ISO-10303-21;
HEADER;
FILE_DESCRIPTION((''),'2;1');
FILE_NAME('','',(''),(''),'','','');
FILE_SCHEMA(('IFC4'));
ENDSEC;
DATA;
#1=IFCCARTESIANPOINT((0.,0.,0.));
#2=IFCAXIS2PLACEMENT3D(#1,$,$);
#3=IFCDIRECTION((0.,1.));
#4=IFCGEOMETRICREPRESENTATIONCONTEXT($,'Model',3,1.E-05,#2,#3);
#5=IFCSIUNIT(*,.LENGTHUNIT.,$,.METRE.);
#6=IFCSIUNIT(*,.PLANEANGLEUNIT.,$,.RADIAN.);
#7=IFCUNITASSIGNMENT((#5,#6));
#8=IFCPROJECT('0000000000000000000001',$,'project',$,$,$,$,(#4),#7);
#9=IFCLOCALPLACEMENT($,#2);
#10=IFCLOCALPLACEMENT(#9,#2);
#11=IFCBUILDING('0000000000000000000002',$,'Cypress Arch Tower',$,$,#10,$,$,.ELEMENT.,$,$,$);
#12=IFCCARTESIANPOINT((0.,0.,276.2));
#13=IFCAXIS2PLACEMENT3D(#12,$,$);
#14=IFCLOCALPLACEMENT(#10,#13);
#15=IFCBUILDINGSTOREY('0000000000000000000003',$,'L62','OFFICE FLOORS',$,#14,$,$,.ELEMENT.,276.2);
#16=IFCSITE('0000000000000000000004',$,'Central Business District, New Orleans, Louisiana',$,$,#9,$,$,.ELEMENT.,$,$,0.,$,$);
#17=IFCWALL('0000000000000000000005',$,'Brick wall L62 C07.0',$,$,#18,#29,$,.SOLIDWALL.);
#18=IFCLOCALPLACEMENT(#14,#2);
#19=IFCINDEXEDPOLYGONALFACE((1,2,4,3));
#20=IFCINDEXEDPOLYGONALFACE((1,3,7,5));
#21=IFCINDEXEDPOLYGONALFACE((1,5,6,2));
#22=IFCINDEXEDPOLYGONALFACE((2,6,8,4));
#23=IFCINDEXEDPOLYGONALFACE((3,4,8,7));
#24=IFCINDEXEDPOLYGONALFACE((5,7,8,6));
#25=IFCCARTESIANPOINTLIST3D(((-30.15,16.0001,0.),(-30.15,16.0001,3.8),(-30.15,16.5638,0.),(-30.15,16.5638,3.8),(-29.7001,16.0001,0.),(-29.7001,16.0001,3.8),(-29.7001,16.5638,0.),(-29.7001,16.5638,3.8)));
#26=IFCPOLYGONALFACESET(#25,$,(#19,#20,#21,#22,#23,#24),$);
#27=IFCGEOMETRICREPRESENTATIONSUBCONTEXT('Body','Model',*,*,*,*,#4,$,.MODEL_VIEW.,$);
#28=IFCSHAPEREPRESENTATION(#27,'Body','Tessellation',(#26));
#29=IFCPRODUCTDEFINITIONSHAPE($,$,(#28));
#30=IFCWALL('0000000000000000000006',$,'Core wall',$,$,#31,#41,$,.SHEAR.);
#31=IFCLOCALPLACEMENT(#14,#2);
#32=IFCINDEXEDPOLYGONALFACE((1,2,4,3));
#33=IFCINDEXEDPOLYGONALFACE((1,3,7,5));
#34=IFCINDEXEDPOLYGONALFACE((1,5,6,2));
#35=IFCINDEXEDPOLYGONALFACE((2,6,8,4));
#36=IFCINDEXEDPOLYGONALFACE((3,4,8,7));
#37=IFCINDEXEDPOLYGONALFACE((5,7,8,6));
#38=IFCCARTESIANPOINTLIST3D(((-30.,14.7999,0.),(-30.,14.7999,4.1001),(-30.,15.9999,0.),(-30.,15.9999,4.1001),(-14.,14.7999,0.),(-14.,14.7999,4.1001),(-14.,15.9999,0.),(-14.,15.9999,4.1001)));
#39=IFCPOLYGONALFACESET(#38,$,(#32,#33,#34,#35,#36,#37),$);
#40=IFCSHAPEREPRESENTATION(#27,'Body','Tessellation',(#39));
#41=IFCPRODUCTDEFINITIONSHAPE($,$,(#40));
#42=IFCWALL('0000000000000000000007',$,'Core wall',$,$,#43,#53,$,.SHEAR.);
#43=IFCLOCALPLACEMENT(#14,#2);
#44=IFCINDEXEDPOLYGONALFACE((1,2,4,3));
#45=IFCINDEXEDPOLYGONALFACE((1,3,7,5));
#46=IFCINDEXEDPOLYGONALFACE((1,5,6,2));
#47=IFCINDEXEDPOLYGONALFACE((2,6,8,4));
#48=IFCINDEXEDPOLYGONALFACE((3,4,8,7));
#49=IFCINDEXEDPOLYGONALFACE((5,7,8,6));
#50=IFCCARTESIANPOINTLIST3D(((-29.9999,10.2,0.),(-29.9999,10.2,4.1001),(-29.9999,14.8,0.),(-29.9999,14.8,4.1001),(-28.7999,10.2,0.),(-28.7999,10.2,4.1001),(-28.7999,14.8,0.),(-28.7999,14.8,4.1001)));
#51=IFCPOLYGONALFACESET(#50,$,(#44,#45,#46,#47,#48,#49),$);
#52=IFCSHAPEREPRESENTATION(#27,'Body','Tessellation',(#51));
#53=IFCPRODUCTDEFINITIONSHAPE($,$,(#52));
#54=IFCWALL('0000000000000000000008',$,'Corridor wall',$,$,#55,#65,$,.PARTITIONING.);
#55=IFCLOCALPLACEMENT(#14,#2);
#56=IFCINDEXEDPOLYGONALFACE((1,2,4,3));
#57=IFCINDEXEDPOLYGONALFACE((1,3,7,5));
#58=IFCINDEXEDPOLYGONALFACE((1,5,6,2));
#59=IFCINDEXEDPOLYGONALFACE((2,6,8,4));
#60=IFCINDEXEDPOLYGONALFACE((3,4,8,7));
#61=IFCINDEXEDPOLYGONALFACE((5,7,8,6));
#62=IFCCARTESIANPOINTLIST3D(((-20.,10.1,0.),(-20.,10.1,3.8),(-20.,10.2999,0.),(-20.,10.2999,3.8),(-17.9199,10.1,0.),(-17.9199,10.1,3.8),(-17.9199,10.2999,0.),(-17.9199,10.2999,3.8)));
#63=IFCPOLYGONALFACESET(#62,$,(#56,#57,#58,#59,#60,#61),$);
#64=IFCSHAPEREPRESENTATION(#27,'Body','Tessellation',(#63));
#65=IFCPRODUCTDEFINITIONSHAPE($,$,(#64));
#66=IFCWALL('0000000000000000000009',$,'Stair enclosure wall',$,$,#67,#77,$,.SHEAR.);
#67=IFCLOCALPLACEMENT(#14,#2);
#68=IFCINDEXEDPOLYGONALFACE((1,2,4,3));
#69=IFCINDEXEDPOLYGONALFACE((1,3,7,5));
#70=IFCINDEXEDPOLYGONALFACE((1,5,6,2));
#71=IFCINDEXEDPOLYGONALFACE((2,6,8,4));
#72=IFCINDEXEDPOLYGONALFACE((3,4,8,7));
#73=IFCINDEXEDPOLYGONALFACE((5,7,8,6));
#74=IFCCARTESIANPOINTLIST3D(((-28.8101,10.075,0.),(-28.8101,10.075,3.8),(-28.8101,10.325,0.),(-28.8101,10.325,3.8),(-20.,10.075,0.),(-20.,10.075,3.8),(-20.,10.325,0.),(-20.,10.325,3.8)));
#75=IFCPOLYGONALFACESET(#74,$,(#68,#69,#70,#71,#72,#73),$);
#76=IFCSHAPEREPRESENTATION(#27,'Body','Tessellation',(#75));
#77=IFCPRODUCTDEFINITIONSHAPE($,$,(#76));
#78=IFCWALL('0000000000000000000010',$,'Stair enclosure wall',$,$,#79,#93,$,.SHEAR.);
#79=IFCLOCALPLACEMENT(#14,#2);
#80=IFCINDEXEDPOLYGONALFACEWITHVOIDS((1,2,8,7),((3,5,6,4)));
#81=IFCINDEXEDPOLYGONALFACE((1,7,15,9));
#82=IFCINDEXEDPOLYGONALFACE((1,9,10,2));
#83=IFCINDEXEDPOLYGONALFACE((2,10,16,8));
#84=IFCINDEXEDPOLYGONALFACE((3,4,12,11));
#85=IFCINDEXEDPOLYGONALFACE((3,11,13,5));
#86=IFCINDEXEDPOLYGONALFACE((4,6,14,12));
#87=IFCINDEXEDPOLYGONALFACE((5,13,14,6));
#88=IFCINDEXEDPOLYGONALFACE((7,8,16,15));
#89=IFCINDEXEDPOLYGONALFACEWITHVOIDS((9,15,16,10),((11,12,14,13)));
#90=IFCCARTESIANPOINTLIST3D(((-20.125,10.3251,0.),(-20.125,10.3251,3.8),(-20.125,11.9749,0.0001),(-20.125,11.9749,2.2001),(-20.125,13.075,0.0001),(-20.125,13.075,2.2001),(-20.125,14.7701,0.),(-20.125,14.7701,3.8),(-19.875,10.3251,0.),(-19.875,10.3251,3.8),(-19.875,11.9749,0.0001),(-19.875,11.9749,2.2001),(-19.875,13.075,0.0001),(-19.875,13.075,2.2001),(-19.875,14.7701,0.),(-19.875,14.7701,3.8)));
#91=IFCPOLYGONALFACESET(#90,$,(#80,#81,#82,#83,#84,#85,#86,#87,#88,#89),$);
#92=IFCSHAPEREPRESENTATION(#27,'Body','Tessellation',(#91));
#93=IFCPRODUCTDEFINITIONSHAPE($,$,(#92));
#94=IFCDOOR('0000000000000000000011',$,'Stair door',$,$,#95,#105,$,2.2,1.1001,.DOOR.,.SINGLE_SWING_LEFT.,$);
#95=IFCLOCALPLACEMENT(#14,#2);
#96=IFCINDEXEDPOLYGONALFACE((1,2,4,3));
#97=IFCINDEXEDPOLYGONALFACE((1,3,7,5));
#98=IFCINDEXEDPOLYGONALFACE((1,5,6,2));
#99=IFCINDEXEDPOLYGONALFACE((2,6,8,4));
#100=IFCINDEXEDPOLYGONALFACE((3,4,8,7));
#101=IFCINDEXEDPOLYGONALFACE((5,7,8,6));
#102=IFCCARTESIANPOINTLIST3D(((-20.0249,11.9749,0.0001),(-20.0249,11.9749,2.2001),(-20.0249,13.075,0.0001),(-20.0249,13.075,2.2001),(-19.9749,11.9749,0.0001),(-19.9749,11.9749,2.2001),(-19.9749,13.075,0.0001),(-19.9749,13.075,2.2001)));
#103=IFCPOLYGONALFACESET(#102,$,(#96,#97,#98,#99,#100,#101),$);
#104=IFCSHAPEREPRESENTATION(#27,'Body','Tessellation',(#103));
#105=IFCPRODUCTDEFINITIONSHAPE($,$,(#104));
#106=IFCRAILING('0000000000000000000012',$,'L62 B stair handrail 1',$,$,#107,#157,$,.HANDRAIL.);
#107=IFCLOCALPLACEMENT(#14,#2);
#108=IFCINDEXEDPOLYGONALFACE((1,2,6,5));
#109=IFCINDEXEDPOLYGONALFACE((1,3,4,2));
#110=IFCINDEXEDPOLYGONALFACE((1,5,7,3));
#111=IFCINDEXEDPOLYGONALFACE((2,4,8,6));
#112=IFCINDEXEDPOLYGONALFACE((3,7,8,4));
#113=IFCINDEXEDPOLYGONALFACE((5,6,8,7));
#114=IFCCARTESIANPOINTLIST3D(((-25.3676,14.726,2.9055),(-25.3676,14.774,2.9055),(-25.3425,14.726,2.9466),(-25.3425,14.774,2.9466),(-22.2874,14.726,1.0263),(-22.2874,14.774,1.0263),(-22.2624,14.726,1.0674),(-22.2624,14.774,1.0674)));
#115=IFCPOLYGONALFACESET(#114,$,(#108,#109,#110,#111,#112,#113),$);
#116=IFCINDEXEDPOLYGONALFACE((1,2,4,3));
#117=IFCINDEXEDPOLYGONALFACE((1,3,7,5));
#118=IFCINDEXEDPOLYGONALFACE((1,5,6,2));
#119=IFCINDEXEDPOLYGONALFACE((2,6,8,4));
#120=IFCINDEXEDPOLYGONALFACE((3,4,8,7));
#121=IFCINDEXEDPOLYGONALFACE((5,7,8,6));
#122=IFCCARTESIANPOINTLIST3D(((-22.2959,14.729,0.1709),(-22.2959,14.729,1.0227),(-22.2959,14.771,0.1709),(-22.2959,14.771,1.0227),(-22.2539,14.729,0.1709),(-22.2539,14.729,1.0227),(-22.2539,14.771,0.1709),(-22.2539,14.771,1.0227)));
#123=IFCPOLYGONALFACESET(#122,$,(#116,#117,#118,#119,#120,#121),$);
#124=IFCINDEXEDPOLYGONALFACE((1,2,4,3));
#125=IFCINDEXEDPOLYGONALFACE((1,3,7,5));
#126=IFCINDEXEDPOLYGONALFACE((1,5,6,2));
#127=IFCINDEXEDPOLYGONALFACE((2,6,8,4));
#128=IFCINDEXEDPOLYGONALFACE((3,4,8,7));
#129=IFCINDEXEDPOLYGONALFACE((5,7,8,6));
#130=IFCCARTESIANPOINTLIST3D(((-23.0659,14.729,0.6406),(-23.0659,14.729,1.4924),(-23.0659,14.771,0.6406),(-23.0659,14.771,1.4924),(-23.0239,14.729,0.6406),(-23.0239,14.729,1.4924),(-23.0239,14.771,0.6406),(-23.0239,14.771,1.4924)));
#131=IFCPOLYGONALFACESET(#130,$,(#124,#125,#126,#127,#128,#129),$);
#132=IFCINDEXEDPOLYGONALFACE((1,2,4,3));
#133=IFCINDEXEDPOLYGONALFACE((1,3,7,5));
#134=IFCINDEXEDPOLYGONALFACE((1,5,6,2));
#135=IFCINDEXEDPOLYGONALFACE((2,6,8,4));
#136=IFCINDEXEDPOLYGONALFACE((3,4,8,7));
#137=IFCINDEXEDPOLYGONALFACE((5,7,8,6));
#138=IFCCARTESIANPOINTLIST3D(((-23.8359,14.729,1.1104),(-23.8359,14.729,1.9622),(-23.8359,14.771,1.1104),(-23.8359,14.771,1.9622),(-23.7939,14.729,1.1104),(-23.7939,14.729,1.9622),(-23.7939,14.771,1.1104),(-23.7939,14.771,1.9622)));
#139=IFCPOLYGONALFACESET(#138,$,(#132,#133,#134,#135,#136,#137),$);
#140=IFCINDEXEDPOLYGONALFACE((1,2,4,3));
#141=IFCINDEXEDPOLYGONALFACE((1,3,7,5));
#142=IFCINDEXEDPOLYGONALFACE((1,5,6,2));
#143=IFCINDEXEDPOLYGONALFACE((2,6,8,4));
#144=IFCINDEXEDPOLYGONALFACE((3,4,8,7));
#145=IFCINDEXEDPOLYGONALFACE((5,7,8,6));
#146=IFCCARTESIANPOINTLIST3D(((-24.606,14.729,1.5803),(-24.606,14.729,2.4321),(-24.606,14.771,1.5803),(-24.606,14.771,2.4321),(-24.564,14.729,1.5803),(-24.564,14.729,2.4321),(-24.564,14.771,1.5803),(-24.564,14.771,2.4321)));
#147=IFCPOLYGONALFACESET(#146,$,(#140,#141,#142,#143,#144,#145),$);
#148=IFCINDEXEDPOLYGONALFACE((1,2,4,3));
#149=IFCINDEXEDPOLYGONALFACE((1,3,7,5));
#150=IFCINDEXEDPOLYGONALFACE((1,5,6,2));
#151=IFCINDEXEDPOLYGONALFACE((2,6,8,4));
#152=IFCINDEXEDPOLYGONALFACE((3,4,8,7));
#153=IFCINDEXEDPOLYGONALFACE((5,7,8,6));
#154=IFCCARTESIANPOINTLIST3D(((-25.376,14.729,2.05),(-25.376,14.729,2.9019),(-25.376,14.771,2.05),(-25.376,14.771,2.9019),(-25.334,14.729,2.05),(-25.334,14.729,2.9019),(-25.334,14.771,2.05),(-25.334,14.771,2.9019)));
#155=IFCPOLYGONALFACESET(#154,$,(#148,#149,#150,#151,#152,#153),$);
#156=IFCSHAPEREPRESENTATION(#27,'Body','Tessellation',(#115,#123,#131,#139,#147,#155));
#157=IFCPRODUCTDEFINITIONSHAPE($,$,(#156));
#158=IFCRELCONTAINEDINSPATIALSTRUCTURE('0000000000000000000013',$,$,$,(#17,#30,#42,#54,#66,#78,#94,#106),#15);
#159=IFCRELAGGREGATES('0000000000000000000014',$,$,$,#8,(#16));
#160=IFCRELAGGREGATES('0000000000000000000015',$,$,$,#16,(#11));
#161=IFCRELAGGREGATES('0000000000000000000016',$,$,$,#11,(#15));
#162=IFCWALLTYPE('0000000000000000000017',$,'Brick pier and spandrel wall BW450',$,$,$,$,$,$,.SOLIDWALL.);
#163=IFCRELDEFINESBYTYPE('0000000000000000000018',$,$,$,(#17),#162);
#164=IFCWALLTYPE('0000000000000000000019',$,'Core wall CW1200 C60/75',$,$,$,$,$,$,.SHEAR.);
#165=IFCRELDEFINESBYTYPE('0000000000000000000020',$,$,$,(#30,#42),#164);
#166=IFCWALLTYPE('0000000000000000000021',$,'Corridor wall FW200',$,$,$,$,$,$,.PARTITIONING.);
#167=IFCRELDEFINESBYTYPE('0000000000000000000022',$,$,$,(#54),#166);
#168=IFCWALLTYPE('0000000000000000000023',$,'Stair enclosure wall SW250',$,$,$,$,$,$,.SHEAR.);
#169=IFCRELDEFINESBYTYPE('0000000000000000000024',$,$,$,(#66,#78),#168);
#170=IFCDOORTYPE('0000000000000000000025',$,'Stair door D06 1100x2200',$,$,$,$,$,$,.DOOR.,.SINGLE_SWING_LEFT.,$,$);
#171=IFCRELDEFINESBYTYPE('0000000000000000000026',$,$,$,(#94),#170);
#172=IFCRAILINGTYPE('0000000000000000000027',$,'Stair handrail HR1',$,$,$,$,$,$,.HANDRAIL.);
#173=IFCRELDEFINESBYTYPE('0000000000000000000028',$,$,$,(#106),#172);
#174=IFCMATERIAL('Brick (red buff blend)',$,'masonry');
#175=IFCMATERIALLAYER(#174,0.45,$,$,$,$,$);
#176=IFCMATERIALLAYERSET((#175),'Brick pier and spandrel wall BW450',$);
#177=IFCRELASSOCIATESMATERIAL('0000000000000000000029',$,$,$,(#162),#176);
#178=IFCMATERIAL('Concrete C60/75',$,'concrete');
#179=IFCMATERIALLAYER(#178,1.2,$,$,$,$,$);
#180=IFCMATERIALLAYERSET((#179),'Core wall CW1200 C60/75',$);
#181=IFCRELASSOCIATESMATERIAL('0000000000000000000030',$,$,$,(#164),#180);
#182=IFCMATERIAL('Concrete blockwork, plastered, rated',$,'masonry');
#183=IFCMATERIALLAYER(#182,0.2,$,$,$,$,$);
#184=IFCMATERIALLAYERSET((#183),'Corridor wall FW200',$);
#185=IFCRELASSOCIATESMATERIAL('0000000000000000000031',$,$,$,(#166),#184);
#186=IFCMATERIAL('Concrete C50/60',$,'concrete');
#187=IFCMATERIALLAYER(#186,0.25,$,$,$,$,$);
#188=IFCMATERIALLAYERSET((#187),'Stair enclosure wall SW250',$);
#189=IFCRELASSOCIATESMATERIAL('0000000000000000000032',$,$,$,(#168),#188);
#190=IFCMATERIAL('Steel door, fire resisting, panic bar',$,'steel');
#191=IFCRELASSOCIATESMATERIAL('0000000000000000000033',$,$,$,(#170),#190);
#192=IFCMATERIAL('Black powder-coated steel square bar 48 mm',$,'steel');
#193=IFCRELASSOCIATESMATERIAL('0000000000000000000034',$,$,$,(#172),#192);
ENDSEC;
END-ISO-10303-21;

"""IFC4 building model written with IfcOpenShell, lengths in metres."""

from ifc_helpers import new_model, si_unit, direction, frame, frame_2d, origin, origin_2d, place, context, subcontext, project, spatial, rectangle, extrude, material, layer, layer_set, type_object, element, fill, save


model = new_model("IFC4")

# Units and contexts
model_context = context("Model", 3, precision=1e-05, world=origin(), true_north=direction((0.0, 1.0)))
body_context = subcontext(model_context, "Body", "Model", "MODEL_VIEW")
ifc_project = project(units=[si_unit("LENGTHUNIT", "METRE"), si_unit("PLANEANGLEUNIT", "RADIAN")], contexts=[model_context])

# Site, building, storey
site_placement = place(None, origin())
site = spatial("IfcSite", under=ifc_project, at=site_placement, Name="Central Business District, New Orleans, Louisiana", CompositionType="ELEMENT", RefElevation=0.0)
building_placement = place(site_placement, origin())
building = spatial("IfcBuilding", under=site, at=building_placement, Name="Cypress Arch Tower", CompositionType="ELEMENT")
storey_placement = place(building_placement, frame((0.0, 0.0, 276.2)))
storey = spatial("IfcBuildingStorey", under=building, at=storey_placement, Name="L62", Description="OFFICE FLOORS", CompositionType="ELEMENT", Elevation=276.2)

# Shared definitions
ifc_material_1 = material(Name="Brick (red buff blend)", Category="masonry")
ifc_layer_1 = layer(ifc_material_1, 0.45)
ifc_layer_set_1 = layer_set([ifc_layer_1], Name="Brick pier and spandrel wall BW450")
wall_type_1 = type_object("IfcWallType", Name="Brick pier and spandrel wall BW450", PredefinedType="SOLIDWALL", material=ifc_layer_set_1)

# Walls
wall_1_placement = place(storey_placement, frame((-29.925, 16.5637, 0.0), z_axis=(0.0, 0.0, 1.0), x_axis=(0.0, -1.0, 0.0)))
element("IfcWall", 1, at=wall_1_placement, inside=storey, type_object=wall_type_1, Name="Brick wall L62 C07.0", PredefinedType="SOLIDWALL", context=body_context, shape_type="SweptSolid", body=[
    extrude(rectangle(XDim=0.5637, YDim=0.45, at=frame_2d((0.2817, 0.0))), origin(), (0.0, 0.0, 1.0), 3.8),
])
ifc_material_2 = material(Name="Concrete C60/75", Category="concrete")
ifc_layer_2 = layer(ifc_material_2, 1.2)
ifc_layer_set_2 = layer_set([ifc_layer_2], Name="Core wall CW1200 C60/75")
wall_type_2 = type_object("IfcWallType", Name="Core wall CW1200 C60/75", PredefinedType="SHEAR", material=ifc_layer_set_2)
wall_2_placement = place(storey_placement, frame((-30.0, 15.3999, 0.0), z_axis=(0.0, 0.0, 1.0), x_axis=(1.0, 0.0, 0.0)))
element("IfcWall", 2, at=wall_2_placement, inside=storey, type_object=wall_type_2, Name="Core wall", PredefinedType="SHEAR", context=body_context, shape_type="SweptSolid", body=[
    extrude(rectangle(XDim=16.0, YDim=1.2, at=frame_2d((8.0, 0.0))), origin(), (0.0, 0.0, 1.0), 4.1001),
])
wall_3_placement = place(storey_placement, frame((-29.3999, 10.2, 0.0), z_axis=(0.0, 0.0, 1.0), x_axis=(0.0, 1.0, 0.0)))
element("IfcWall", 3, at=wall_3_placement, inside=storey, type_object=wall_type_2, Name="Core wall", PredefinedType="SHEAR", context=body_context, shape_type="SweptSolid", body=[
    extrude(rectangle(XDim=4.6001, YDim=1.2, at=frame_2d((2.3, 0.0))), origin(), (0.0, 0.0, 1.0), 4.1001),
])
ifc_material_3 = material(Name="Concrete blockwork, plastered, rated", Category="masonry")
ifc_layer_3 = layer(ifc_material_3, 0.2)
ifc_layer_set_3 = layer_set([ifc_layer_3], Name="Corridor wall FW200")
wall_type_3 = type_object("IfcWallType", Name="Corridor wall FW200", PredefinedType="PARTITIONING", material=ifc_layer_set_3)
wall_4_placement = place(storey_placement, frame((-20.0, 10.2, 0.0), z_axis=(0.0, 0.0, 1.0), x_axis=(1.0, 0.0, 0.0)))
element("IfcWall", 4, at=wall_4_placement, inside=storey, type_object=wall_type_3, Name="Corridor wall", PredefinedType="PARTITIONING", context=body_context, shape_type="SweptSolid", body=[
    extrude(rectangle(XDim=2.0801, YDim=0.2, at=frame_2d((1.04, 0.0))), origin(), (0.0, 0.0, 1.0), 3.8),
])
ifc_material_4 = material(Name="Concrete C50/60", Category="concrete")
ifc_layer_4 = layer(ifc_material_4, 0.25)
ifc_layer_set_4 = layer_set([ifc_layer_4], Name="Stair enclosure wall SW250")
wall_type_4 = type_object("IfcWallType", Name="Stair enclosure wall SW250", PredefinedType="SHEAR", material=ifc_layer_set_4)
wall_5_placement = place(storey_placement, frame((-28.8101, 10.2, 0.0), z_axis=(0.0, 0.0, 1.0), x_axis=(1.0, 0.0, 0.0)))
element("IfcWall", 5, at=wall_5_placement, inside=storey, type_object=wall_type_4, Name="Stair enclosure wall", PredefinedType="SHEAR", context=body_context, shape_type="SweptSolid", body=[
    extrude(rectangle(XDim=8.8101, YDim=0.25, at=frame_2d((4.405, 0.0))), origin(), (0.0, 0.0, 1.0), 3.8),
])

# Wall, opening, door
wall_6_placement = place(storey_placement, frame((-20.0, 10.325, 0.0), z_axis=(0.0, 0.0, 1.0), x_axis=(0.0, 1.0, 0.0)))
wall_6 = element("IfcWall", 6, at=wall_6_placement, inside=storey, type_object=wall_type_4, Name="Stair enclosure wall", PredefinedType="SHEAR", context=body_context, shape_type="SweptSolid", body=[
    extrude(rectangle(XDim=4.4451, YDim=0.25, at=frame_2d((2.2227, 0.0))), origin(), (0.0, 0.0, 1.0), 3.8),
])
opening_1_placement = place(wall_6_placement, frame((1.6499, 0.0, 0.0)))
opening_1 = element("IfcOpeningElement", 7, at=opening_1_placement, cuts=wall_6, PredefinedType="OPENING", context=body_context, shape_type="SweptSolid", body=[
    extrude(rectangle(XDim=1.1001, YDim=2.2, at=frame_2d((0.55, 1.1001))), frame((0.0, 0.135, 0.0), z_axis=(0.0, -1.0, 0.0), x_axis=(1.0, 0.0, 0.0)), (0.0, 0.0, 1.0), 0.27),
])
ifc_material_5 = material(Name="Steel door, fire resisting, panic bar", Category="steel")
door_type = type_object("IfcDoorType", Name="Stair door D06 1100x2200", OperationType="SINGLE_SWING_LEFT", PredefinedType="DOOR", material=ifc_material_5)
door_placement = place(opening_1_placement, origin())
door = element("IfcDoor", 8, at=door_placement, inside=storey, type_object=door_type, Name="Stair door", OperationType="SINGLE_SWING_LEFT", OverallHeight=2.2, OverallWidth=1.1001, PredefinedType="DOOR", context=body_context, shape_type="SweptSolid", body=[
    extrude(rectangle(XDim=1.1001, YDim=2.2, at=frame_2d((0.55, 1.1001))), frame((0.0, 0.0249, 0.0), z_axis=(0.0, -1.0, 0.0), x_axis=(1.0, 0.0, 0.0)), (0.0, 0.0, 1.0), 0.05),
])
fill(opening_1, door)

# Railing
ifc_material_6 = material(Name="Black powder-coated steel square bar 48 mm", Category="steel")
railing_type_1 = type_object("IfcRailingType", Name="Stair handrail HR1", PredefinedType="HANDRAIL", material=ifc_material_6)
railing_1_placement = place(storey_placement, frame((-22.2749, 14.75, 0.1709)))
element("IfcRailing", 9, at=railing_1_placement, inside=storey, type_object=railing_type_1, Name="L62 B stair handrail 1", PredefinedType="HANDRAIL", context=body_context, shape_type="SweptSolid", body=[
    extrude(rectangle(XDim=0.0481, YDim=0.0481, at=origin_2d()), frame((0.0, 0.0, 0.876), z_axis=(-0.853666, 0.0, 0.52082), x_axis=(0.0, -1.0, 0.0)), (0.0, 0.0, 1.0), 3.6082),
    extrude(rectangle(XDim=0.042, YDim=0.042, at=origin_2d()), origin(), (0.0, 0.0, 1.0), 0.8518),
    extrude(rectangle(XDim=0.042, YDim=0.042, at=origin_2d()), frame((-0.77, 0.0, 0.4697)), (0.0, 0.0, 1.0), 0.8518),
    extrude(rectangle(XDim=0.042, YDim=0.042, at=origin_2d()), frame((-1.54, 0.0, 0.9395)), (0.0, 0.0, 1.0), 0.8518),
    extrude(rectangle(XDim=0.042, YDim=0.042, at=origin_2d()), frame((-2.3101, 0.0, 1.4094)), (0.0, 0.0, 1.0), 0.8518),
    extrude(rectangle(XDim=0.042, YDim=0.042, at=origin_2d()), frame((-3.0801, 0.0, 1.8792)), (0.0, 0.0, 1.0), 0.8518),
])

save(model, "model.ifc")
